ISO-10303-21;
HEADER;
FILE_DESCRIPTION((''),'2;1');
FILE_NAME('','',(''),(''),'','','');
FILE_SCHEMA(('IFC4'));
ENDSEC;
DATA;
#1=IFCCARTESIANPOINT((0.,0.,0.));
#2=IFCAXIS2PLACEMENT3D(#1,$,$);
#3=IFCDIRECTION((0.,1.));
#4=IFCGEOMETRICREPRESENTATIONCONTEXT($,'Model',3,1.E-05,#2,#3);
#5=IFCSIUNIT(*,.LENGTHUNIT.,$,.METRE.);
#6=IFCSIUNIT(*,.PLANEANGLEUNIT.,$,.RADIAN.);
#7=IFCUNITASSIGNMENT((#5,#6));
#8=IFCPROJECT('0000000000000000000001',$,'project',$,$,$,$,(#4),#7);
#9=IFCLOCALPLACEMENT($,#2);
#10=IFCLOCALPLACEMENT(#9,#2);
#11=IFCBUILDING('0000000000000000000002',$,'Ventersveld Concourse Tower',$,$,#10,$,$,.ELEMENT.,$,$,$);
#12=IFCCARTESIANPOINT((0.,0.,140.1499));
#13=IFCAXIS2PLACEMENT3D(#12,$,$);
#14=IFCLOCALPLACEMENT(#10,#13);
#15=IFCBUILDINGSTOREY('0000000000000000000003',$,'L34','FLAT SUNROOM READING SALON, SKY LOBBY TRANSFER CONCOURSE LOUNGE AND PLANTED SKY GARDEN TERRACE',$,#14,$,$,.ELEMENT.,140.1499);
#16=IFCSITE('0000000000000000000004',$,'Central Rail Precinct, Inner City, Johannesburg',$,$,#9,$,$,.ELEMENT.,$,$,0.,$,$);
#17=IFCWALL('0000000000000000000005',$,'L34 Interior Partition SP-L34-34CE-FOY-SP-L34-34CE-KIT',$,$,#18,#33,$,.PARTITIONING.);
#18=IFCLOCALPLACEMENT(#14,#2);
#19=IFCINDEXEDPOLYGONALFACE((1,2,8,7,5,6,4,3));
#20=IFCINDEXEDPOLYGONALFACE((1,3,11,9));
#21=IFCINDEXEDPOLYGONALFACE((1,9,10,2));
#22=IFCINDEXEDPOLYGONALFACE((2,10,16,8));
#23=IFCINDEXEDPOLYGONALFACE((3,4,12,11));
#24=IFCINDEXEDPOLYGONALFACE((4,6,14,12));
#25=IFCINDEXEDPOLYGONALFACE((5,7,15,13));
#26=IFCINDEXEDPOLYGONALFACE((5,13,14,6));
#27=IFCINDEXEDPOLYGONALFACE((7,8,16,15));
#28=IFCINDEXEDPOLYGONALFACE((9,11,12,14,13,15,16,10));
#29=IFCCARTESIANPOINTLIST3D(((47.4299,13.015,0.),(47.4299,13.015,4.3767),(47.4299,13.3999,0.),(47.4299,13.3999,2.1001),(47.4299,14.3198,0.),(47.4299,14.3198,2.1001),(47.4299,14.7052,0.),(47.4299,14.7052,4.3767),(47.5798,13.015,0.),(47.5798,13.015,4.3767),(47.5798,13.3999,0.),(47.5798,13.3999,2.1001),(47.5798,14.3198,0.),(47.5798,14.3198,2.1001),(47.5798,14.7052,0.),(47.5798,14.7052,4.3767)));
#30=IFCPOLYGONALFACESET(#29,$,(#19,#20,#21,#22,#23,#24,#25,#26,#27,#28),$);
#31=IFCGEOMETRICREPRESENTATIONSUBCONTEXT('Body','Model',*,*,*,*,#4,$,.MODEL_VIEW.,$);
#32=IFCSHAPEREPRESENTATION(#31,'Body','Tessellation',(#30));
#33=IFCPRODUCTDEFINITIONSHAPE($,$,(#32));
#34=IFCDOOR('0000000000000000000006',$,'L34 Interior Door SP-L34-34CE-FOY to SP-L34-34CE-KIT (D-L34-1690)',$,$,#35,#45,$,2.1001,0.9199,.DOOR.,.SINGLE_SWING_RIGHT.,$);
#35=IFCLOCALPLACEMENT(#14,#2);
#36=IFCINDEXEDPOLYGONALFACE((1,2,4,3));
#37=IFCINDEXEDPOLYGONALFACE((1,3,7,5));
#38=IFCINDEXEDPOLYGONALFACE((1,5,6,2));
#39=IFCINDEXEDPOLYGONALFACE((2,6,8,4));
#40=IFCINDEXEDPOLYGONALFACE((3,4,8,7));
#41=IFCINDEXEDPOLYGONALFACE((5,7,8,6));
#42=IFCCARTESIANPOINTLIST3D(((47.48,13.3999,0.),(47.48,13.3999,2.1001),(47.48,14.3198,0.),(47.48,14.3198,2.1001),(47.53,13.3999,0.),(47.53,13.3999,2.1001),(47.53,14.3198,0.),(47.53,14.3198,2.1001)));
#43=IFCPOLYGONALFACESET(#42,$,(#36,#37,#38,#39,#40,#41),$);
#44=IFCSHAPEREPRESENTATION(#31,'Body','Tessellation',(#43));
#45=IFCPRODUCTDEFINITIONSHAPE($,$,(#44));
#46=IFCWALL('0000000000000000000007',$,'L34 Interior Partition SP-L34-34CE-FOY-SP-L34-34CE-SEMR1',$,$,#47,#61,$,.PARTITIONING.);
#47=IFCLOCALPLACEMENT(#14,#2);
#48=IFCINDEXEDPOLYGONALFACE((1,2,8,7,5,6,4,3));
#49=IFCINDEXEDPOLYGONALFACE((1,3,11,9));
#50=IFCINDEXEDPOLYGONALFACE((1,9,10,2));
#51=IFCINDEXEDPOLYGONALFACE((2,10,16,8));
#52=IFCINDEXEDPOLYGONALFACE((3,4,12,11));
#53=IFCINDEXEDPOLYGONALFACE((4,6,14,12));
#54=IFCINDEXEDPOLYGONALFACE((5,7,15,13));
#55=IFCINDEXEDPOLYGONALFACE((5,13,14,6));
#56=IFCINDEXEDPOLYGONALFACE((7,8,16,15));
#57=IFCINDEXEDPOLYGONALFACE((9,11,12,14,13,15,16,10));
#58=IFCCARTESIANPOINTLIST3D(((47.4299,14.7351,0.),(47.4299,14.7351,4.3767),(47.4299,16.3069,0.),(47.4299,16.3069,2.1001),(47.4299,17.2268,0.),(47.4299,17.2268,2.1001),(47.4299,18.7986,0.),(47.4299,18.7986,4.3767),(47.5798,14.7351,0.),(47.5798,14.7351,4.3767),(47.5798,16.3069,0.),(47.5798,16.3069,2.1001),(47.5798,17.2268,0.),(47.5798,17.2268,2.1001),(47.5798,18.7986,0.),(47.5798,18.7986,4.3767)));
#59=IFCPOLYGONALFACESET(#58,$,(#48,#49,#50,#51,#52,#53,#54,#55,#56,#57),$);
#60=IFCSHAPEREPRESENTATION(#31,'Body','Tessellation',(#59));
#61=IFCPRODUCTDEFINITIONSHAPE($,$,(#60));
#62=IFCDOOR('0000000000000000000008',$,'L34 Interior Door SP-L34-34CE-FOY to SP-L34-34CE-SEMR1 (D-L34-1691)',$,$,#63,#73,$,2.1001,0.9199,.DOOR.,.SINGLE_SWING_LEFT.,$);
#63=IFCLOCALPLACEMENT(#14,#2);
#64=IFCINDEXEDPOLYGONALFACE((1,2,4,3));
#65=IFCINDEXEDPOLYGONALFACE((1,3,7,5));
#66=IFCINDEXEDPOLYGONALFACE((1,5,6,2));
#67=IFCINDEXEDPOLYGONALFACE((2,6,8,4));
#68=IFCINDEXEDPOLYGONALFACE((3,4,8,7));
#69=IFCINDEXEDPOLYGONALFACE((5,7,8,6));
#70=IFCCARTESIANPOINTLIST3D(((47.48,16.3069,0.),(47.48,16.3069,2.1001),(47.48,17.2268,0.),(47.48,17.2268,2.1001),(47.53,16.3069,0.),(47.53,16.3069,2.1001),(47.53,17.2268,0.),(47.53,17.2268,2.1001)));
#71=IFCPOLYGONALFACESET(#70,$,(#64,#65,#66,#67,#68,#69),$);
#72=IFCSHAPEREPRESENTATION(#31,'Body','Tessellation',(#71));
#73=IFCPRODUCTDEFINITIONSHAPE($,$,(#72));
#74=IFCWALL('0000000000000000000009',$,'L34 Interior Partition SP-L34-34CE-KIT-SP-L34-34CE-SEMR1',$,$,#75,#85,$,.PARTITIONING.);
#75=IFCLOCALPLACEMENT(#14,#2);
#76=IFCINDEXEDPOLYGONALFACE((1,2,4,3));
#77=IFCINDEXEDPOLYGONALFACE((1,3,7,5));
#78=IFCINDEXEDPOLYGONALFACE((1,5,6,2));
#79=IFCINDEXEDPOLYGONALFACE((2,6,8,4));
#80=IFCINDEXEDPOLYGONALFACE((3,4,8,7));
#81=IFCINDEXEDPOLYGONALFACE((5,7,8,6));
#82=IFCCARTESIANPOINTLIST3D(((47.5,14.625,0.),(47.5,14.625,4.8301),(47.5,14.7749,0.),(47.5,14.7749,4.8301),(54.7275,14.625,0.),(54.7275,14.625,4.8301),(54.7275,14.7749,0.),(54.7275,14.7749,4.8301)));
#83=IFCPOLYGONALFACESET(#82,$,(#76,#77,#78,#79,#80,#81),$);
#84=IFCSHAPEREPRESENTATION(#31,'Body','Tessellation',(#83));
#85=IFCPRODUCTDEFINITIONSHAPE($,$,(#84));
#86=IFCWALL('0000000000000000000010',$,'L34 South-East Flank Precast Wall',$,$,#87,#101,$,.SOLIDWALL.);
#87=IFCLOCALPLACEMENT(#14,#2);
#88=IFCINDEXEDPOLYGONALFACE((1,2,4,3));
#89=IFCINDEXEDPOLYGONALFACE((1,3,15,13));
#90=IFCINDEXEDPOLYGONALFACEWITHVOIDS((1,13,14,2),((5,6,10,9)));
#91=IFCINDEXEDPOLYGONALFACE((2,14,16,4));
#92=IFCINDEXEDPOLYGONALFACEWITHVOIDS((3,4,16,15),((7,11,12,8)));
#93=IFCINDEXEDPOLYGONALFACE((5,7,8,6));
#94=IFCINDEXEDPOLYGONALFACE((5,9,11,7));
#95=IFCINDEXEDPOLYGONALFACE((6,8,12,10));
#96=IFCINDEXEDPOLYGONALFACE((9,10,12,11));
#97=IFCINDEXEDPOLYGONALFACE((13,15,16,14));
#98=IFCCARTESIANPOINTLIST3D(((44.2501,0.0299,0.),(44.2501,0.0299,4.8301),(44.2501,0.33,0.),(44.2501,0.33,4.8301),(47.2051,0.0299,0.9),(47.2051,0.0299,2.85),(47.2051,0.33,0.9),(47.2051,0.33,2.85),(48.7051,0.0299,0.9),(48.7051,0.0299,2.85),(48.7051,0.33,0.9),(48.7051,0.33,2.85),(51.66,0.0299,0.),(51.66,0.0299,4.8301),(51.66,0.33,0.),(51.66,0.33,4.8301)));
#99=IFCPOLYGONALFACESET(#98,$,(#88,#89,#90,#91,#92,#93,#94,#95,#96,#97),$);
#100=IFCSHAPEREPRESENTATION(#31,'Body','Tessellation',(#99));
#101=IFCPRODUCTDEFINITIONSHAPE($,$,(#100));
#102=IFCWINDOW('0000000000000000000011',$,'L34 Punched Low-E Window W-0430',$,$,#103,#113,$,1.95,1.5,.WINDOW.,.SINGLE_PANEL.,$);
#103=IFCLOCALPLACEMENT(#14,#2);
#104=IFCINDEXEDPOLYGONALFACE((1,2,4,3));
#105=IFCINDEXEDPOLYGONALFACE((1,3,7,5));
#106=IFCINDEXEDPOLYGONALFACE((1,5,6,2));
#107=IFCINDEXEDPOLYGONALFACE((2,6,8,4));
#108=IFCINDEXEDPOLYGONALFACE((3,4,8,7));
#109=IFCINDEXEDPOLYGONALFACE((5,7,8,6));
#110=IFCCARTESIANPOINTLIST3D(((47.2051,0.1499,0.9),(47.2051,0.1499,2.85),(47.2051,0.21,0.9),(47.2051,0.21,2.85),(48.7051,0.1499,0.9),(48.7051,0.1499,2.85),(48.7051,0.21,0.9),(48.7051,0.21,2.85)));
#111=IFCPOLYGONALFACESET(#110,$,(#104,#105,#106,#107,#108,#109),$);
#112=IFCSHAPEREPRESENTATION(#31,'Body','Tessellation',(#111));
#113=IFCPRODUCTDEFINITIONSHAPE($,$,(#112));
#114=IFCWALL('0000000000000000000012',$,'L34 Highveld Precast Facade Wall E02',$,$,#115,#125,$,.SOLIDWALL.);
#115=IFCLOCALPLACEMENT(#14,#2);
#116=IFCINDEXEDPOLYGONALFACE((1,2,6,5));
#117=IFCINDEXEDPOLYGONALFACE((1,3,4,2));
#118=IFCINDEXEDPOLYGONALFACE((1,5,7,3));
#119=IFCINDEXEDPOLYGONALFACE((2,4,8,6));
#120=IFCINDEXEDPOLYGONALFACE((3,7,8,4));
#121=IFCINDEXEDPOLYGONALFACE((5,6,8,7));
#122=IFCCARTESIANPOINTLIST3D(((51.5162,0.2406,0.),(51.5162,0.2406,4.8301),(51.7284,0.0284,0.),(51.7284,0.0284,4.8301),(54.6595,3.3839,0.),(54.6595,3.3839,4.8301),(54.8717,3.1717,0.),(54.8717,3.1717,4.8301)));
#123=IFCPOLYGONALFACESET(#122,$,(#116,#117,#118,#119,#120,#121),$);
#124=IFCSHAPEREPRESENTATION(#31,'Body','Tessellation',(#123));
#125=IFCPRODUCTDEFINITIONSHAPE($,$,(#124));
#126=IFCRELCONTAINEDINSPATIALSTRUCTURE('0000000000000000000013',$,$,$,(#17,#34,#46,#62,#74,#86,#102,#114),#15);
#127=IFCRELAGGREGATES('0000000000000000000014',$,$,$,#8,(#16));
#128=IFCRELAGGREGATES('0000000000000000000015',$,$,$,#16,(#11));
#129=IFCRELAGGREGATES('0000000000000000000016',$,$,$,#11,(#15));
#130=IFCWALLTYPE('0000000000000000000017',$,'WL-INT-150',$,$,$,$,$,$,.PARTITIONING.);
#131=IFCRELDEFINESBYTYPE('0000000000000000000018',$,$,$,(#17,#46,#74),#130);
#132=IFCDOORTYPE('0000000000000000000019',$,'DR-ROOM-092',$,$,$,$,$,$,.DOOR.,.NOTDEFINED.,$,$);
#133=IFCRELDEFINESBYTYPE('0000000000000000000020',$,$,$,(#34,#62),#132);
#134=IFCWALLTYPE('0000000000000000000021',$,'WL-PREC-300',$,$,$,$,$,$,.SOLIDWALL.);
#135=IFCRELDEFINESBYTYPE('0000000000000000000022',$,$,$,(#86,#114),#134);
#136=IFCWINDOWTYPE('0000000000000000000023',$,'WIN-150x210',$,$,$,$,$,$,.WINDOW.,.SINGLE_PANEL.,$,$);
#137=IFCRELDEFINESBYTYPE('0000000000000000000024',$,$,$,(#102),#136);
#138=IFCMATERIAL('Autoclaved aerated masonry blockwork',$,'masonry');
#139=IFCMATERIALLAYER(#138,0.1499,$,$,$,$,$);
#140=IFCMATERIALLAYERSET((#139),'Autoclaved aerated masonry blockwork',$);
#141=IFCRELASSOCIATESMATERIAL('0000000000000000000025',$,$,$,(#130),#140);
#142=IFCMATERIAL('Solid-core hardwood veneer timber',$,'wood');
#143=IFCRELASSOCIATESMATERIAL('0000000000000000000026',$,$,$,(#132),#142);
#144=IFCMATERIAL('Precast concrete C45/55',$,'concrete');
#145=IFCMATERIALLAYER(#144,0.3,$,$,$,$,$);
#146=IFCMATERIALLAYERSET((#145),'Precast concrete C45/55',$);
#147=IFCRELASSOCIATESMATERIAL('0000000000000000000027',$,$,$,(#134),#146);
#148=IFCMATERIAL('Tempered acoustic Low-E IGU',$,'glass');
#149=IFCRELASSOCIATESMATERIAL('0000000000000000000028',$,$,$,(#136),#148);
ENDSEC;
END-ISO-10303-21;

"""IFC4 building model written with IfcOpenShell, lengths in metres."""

from ifc_helpers import new_model, si_unit, direction, frame, frame_2d, origin, place, context, subcontext, project, spatial, rectangle, extrude, material, layer, layer_set, type_object, element, fill, save


model = new_model("IFC4")

# Units and contexts
model_context = context("Model", 3, precision=1e-05, world=origin(), true_north=direction((0.0, 1.0)))
body_context = subcontext(model_context, "Body", "Model", "MODEL_VIEW")
ifc_project = project(units=[si_unit("LENGTHUNIT", "METRE"), si_unit("PLANEANGLEUNIT", "RADIAN")], contexts=[model_context])

# Site, building, storey
site_placement = place(None, origin())
site = spatial("IfcSite", under=ifc_project, at=site_placement, Name="Central Rail Precinct, Inner City, Johannesburg", CompositionType="ELEMENT", RefElevation=0.0)
building_placement = place(site_placement, origin())
building = spatial("IfcBuilding", under=site, at=building_placement, Name="Ventersveld Concourse Tower", CompositionType="ELEMENT")
storey_placement = place(building_placement, frame((0.0, 0.0, 140.1499)))
storey = spatial("IfcBuildingStorey", under=building, at=storey_placement, Name="L34", Description="FLAT SUNROOM READING SALON, SKY LOBBY TRANSFER CONCOURSE LOUNGE AND PLANTED SKY GARDEN TERRACE", CompositionType="ELEMENT", Elevation=140.1499)

# Shared definitions
ifc_material_1 = material(Name="Solid-core hardwood veneer timber", Category="wood")

# Walls, openings, doors
ifc_material_2 = material(Name="Autoclaved aerated masonry blockwork", Category="masonry")
ifc_layer_1 = layer(ifc_material_2, 0.1499)
ifc_layer_set_1 = layer_set([ifc_layer_1], Name="Autoclaved aerated masonry blockwork")
wall_type_1 = type_object("IfcWallType", Name="WL-INT-150", PredefinedType="PARTITIONING", material=ifc_layer_set_1)
wall_1_placement = place(storey_placement, frame((47.5049, 13.0149, 0.0), z_axis=(0.0, 0.0, 1.0), x_axis=(0.0, 1.0, 0.0)))
wall_1 = element("IfcWall", 1, at=wall_1_placement, inside=storey, type_object=wall_type_1, Name="L34 Interior Partition SP-L34-34CE-FOY-SP-L34-34CE-KIT", PredefinedType="PARTITIONING", context=body_context, shape_type="SweptSolid", body=[
    extrude(rectangle(XDim=1.6902, YDim=0.1499, at=frame_2d((0.8452, 0.0))), origin(), (0.0, 0.0, 1.0), 4.3767),
])
opening_1_placement = place(wall_1_placement, frame((0.385, 0.0, 0.0)))
opening_1 = element("IfcOpeningElement", 2, at=opening_1_placement, cuts=wall_1, PredefinedType="OPENING", context=body_context, shape_type="SweptSolid", body=[
    extrude(rectangle(XDim=0.9199, YDim=2.1001, at=frame_2d((0.46, 1.05))), frame((0.0, 0.085, 0.0), z_axis=(0.0, -1.0, 0.0), x_axis=(1.0, 0.0, 0.0)), (0.0, 0.0, 1.0), 0.1699),
])
door_type_1 = type_object("IfcDoorType", Name="DR-ROOM-092", OperationType="NOTDEFINED", PredefinedType="DOOR", material=ifc_material_1)
door_1_placement = place(opening_1_placement, origin())
door_1 = element("IfcDoor", 3, at=door_1_placement, inside=storey, type_object=door_type_1, Name="L34 Interior Door SP-L34-34CE-FOY to SP-L34-34CE-KIT (D-L34-1690)", OperationType="SINGLE_SWING_RIGHT", OverallHeight=2.1001, OverallWidth=0.9199, PredefinedType="DOOR", context=body_context, shape_type="SweptSolid", body=[
    extrude(rectangle(XDim=0.9199, YDim=2.1001, at=frame_2d((0.46, 1.05))), frame((0.0, 0.0249, 0.0), z_axis=(0.0, -1.0, 0.0), x_axis=(1.0, 0.0, 0.0)), (0.0, 0.0, 1.0), 0.05),
])
fill(opening_1, door_1)
wall_2_placement = place(storey_placement, frame((47.5049, 14.7351, 0.0), z_axis=(0.0, 0.0, 1.0), x_axis=(0.0, 1.0, 0.0)))
wall_2 = element("IfcWall", 4, at=wall_2_placement, inside=storey, type_object=wall_type_1, Name="L34 Interior Partition SP-L34-34CE-FOY-SP-L34-34CE-SEMR1", PredefinedType="PARTITIONING", context=body_context, shape_type="SweptSolid", body=[
    extrude(rectangle(XDim=4.0635, YDim=0.1499, at=frame_2d((2.0317, 0.0))), origin(), (0.0, 0.0, 1.0), 4.3767),
])
opening_2_placement = place(wall_2_placement, frame((1.5718, 0.0, 0.0)))
opening_2 = element("IfcOpeningElement", 5, at=opening_2_placement, cuts=wall_2, PredefinedType="OPENING", context=body_context, shape_type="SweptSolid", body=[
    extrude(rectangle(XDim=0.9199, YDim=2.1001, at=frame_2d((0.46, 1.05))), frame((0.0, 0.085, 0.0), z_axis=(0.0, -1.0, 0.0), x_axis=(1.0, 0.0, 0.0)), (0.0, 0.0, 1.0), 0.1699),
])
door_2_placement = place(opening_2_placement, origin())
door_2 = element("IfcDoor", 6, at=door_2_placement, inside=storey, type_object=door_type_1, Name="L34 Interior Door SP-L34-34CE-FOY to SP-L34-34CE-SEMR1 (D-L34-1691)", OperationType="SINGLE_SWING_LEFT", OverallHeight=2.1001, OverallWidth=0.9199, PredefinedType="DOOR", context=body_context, shape_type="SweptSolid", body=[
    extrude(rectangle(XDim=0.9199, YDim=2.1001, at=frame_2d((0.46, 1.05))), frame((0.0, 0.0249, 0.0), z_axis=(0.0, -1.0, 0.0), x_axis=(1.0, 0.0, 0.0)), (0.0, 0.0, 1.0), 0.05),
])
fill(opening_2, door_2)

# Wall
wall_3_placement = place(storey_placement, frame((47.5, 14.7, 0.0), z_axis=(0.0, 0.0, 1.0), x_axis=(1.0, 0.0, 0.0)))
element("IfcWall", 7, at=wall_3_placement, inside=storey, type_object=wall_type_1, Name="L34 Interior Partition SP-L34-34CE-KIT-SP-L34-34CE-SEMR1", PredefinedType="PARTITIONING", context=body_context, shape_type="SweptSolid", body=[
    extrude(rectangle(XDim=7.2275, YDim=0.1499, at=frame_2d((3.6138, 0.0))), origin(), (0.0, 0.0, 1.0), 4.8301),
])

# Wall, opening, window
ifc_material_3 = material(Name="Precast concrete C45/55", Category="concrete")
ifc_layer_2 = layer(ifc_material_3, 0.3)
ifc_layer_set_2 = layer_set([ifc_layer_2], Name="Precast concrete C45/55")
wall_type_2 = type_object("IfcWallType", Name="WL-PREC-300", PredefinedType="SOLIDWALL", material=ifc_layer_set_2)
wall_4_placement = place(storey_placement, frame((44.25, 0.1799, 0.0), z_axis=(0.0, 0.0, 1.0), x_axis=(1.0, 0.0, 0.0)))
wall_4 = element("IfcWall", 8, at=wall_4_placement, inside=storey, type_object=wall_type_2, Name="L34 South-East Flank Precast Wall", PredefinedType="SOLIDWALL", context=body_context, shape_type="SweptSolid", body=[
    extrude(rectangle(XDim=7.4099, YDim=0.3, at=frame_2d((3.7051, 0.0))), origin(), (0.0, 0.0, 1.0), 4.8301),
])
opening_3_placement = place(wall_4_placement, frame((2.9551, 0.0, 0.8999)))
opening_3 = element("IfcOpeningElement", 9, at=opening_3_placement, cuts=wall_4, PredefinedType="OPENING", context=body_context, shape_type="SweptSolid", body=[
    extrude(rectangle(XDim=1.5, YDim=1.95, at=frame_2d((0.75, 0.9751))), frame((0.0, 0.1602, 0.0), z_axis=(0.0, -1.0, 0.0), x_axis=(1.0, 0.0, 0.0)), (0.0, 0.0, 1.0), 0.3201),
])
ifc_material_4 = material(Name="Tempered acoustic Low-E IGU", Category="glass")
window_type_1 = type_object("IfcWindowType", Name="WIN-150x210", PartitioningType="SINGLE_PANEL", PredefinedType="WINDOW", material=ifc_material_4)
window_1_placement = place(opening_3_placement, origin())
window_1 = element("IfcWindow", 10, at=window_1_placement, inside=storey, type_object=window_type_1, Name="L34 Punched Low-E Window W-0430", OverallHeight=1.95, OverallWidth=1.5, PartitioningType="SINGLE_PANEL", PredefinedType="WINDOW", context=body_context, shape_type="SweptSolid", body=[
    extrude(rectangle(XDim=1.5, YDim=1.95, at=frame_2d((0.75, 0.9751))), frame((0.0, 0.03, 0.0), z_axis=(0.0, -1.0, 0.0), x_axis=(1.0, 0.0, 0.0)), (0.0, 0.0, 1.0), 0.0601),
])
fill(opening_3, window_1)

# Wall
wall_5_placement = place(storey_placement, frame((51.6223, 0.1345, 0.0), z_axis=(0.0, 0.0, 1.0), x_axis=(0.707107, 0.707107, 0.0)))
element("IfcWall", 11, at=wall_5_placement, inside=storey, type_object=wall_type_2, Name="L34 Highveld Precast Facade Wall E02", PredefinedType="SOLIDWALL", context=body_context, shape_type="SweptSolid", body=[
    extrude(rectangle(XDim=4.4453, YDim=0.3, at=frame_2d((2.2227, 0.0))), origin(), (0.0, 0.0, 1.0), 4.8301),
])

save(model, "model.ifc")
